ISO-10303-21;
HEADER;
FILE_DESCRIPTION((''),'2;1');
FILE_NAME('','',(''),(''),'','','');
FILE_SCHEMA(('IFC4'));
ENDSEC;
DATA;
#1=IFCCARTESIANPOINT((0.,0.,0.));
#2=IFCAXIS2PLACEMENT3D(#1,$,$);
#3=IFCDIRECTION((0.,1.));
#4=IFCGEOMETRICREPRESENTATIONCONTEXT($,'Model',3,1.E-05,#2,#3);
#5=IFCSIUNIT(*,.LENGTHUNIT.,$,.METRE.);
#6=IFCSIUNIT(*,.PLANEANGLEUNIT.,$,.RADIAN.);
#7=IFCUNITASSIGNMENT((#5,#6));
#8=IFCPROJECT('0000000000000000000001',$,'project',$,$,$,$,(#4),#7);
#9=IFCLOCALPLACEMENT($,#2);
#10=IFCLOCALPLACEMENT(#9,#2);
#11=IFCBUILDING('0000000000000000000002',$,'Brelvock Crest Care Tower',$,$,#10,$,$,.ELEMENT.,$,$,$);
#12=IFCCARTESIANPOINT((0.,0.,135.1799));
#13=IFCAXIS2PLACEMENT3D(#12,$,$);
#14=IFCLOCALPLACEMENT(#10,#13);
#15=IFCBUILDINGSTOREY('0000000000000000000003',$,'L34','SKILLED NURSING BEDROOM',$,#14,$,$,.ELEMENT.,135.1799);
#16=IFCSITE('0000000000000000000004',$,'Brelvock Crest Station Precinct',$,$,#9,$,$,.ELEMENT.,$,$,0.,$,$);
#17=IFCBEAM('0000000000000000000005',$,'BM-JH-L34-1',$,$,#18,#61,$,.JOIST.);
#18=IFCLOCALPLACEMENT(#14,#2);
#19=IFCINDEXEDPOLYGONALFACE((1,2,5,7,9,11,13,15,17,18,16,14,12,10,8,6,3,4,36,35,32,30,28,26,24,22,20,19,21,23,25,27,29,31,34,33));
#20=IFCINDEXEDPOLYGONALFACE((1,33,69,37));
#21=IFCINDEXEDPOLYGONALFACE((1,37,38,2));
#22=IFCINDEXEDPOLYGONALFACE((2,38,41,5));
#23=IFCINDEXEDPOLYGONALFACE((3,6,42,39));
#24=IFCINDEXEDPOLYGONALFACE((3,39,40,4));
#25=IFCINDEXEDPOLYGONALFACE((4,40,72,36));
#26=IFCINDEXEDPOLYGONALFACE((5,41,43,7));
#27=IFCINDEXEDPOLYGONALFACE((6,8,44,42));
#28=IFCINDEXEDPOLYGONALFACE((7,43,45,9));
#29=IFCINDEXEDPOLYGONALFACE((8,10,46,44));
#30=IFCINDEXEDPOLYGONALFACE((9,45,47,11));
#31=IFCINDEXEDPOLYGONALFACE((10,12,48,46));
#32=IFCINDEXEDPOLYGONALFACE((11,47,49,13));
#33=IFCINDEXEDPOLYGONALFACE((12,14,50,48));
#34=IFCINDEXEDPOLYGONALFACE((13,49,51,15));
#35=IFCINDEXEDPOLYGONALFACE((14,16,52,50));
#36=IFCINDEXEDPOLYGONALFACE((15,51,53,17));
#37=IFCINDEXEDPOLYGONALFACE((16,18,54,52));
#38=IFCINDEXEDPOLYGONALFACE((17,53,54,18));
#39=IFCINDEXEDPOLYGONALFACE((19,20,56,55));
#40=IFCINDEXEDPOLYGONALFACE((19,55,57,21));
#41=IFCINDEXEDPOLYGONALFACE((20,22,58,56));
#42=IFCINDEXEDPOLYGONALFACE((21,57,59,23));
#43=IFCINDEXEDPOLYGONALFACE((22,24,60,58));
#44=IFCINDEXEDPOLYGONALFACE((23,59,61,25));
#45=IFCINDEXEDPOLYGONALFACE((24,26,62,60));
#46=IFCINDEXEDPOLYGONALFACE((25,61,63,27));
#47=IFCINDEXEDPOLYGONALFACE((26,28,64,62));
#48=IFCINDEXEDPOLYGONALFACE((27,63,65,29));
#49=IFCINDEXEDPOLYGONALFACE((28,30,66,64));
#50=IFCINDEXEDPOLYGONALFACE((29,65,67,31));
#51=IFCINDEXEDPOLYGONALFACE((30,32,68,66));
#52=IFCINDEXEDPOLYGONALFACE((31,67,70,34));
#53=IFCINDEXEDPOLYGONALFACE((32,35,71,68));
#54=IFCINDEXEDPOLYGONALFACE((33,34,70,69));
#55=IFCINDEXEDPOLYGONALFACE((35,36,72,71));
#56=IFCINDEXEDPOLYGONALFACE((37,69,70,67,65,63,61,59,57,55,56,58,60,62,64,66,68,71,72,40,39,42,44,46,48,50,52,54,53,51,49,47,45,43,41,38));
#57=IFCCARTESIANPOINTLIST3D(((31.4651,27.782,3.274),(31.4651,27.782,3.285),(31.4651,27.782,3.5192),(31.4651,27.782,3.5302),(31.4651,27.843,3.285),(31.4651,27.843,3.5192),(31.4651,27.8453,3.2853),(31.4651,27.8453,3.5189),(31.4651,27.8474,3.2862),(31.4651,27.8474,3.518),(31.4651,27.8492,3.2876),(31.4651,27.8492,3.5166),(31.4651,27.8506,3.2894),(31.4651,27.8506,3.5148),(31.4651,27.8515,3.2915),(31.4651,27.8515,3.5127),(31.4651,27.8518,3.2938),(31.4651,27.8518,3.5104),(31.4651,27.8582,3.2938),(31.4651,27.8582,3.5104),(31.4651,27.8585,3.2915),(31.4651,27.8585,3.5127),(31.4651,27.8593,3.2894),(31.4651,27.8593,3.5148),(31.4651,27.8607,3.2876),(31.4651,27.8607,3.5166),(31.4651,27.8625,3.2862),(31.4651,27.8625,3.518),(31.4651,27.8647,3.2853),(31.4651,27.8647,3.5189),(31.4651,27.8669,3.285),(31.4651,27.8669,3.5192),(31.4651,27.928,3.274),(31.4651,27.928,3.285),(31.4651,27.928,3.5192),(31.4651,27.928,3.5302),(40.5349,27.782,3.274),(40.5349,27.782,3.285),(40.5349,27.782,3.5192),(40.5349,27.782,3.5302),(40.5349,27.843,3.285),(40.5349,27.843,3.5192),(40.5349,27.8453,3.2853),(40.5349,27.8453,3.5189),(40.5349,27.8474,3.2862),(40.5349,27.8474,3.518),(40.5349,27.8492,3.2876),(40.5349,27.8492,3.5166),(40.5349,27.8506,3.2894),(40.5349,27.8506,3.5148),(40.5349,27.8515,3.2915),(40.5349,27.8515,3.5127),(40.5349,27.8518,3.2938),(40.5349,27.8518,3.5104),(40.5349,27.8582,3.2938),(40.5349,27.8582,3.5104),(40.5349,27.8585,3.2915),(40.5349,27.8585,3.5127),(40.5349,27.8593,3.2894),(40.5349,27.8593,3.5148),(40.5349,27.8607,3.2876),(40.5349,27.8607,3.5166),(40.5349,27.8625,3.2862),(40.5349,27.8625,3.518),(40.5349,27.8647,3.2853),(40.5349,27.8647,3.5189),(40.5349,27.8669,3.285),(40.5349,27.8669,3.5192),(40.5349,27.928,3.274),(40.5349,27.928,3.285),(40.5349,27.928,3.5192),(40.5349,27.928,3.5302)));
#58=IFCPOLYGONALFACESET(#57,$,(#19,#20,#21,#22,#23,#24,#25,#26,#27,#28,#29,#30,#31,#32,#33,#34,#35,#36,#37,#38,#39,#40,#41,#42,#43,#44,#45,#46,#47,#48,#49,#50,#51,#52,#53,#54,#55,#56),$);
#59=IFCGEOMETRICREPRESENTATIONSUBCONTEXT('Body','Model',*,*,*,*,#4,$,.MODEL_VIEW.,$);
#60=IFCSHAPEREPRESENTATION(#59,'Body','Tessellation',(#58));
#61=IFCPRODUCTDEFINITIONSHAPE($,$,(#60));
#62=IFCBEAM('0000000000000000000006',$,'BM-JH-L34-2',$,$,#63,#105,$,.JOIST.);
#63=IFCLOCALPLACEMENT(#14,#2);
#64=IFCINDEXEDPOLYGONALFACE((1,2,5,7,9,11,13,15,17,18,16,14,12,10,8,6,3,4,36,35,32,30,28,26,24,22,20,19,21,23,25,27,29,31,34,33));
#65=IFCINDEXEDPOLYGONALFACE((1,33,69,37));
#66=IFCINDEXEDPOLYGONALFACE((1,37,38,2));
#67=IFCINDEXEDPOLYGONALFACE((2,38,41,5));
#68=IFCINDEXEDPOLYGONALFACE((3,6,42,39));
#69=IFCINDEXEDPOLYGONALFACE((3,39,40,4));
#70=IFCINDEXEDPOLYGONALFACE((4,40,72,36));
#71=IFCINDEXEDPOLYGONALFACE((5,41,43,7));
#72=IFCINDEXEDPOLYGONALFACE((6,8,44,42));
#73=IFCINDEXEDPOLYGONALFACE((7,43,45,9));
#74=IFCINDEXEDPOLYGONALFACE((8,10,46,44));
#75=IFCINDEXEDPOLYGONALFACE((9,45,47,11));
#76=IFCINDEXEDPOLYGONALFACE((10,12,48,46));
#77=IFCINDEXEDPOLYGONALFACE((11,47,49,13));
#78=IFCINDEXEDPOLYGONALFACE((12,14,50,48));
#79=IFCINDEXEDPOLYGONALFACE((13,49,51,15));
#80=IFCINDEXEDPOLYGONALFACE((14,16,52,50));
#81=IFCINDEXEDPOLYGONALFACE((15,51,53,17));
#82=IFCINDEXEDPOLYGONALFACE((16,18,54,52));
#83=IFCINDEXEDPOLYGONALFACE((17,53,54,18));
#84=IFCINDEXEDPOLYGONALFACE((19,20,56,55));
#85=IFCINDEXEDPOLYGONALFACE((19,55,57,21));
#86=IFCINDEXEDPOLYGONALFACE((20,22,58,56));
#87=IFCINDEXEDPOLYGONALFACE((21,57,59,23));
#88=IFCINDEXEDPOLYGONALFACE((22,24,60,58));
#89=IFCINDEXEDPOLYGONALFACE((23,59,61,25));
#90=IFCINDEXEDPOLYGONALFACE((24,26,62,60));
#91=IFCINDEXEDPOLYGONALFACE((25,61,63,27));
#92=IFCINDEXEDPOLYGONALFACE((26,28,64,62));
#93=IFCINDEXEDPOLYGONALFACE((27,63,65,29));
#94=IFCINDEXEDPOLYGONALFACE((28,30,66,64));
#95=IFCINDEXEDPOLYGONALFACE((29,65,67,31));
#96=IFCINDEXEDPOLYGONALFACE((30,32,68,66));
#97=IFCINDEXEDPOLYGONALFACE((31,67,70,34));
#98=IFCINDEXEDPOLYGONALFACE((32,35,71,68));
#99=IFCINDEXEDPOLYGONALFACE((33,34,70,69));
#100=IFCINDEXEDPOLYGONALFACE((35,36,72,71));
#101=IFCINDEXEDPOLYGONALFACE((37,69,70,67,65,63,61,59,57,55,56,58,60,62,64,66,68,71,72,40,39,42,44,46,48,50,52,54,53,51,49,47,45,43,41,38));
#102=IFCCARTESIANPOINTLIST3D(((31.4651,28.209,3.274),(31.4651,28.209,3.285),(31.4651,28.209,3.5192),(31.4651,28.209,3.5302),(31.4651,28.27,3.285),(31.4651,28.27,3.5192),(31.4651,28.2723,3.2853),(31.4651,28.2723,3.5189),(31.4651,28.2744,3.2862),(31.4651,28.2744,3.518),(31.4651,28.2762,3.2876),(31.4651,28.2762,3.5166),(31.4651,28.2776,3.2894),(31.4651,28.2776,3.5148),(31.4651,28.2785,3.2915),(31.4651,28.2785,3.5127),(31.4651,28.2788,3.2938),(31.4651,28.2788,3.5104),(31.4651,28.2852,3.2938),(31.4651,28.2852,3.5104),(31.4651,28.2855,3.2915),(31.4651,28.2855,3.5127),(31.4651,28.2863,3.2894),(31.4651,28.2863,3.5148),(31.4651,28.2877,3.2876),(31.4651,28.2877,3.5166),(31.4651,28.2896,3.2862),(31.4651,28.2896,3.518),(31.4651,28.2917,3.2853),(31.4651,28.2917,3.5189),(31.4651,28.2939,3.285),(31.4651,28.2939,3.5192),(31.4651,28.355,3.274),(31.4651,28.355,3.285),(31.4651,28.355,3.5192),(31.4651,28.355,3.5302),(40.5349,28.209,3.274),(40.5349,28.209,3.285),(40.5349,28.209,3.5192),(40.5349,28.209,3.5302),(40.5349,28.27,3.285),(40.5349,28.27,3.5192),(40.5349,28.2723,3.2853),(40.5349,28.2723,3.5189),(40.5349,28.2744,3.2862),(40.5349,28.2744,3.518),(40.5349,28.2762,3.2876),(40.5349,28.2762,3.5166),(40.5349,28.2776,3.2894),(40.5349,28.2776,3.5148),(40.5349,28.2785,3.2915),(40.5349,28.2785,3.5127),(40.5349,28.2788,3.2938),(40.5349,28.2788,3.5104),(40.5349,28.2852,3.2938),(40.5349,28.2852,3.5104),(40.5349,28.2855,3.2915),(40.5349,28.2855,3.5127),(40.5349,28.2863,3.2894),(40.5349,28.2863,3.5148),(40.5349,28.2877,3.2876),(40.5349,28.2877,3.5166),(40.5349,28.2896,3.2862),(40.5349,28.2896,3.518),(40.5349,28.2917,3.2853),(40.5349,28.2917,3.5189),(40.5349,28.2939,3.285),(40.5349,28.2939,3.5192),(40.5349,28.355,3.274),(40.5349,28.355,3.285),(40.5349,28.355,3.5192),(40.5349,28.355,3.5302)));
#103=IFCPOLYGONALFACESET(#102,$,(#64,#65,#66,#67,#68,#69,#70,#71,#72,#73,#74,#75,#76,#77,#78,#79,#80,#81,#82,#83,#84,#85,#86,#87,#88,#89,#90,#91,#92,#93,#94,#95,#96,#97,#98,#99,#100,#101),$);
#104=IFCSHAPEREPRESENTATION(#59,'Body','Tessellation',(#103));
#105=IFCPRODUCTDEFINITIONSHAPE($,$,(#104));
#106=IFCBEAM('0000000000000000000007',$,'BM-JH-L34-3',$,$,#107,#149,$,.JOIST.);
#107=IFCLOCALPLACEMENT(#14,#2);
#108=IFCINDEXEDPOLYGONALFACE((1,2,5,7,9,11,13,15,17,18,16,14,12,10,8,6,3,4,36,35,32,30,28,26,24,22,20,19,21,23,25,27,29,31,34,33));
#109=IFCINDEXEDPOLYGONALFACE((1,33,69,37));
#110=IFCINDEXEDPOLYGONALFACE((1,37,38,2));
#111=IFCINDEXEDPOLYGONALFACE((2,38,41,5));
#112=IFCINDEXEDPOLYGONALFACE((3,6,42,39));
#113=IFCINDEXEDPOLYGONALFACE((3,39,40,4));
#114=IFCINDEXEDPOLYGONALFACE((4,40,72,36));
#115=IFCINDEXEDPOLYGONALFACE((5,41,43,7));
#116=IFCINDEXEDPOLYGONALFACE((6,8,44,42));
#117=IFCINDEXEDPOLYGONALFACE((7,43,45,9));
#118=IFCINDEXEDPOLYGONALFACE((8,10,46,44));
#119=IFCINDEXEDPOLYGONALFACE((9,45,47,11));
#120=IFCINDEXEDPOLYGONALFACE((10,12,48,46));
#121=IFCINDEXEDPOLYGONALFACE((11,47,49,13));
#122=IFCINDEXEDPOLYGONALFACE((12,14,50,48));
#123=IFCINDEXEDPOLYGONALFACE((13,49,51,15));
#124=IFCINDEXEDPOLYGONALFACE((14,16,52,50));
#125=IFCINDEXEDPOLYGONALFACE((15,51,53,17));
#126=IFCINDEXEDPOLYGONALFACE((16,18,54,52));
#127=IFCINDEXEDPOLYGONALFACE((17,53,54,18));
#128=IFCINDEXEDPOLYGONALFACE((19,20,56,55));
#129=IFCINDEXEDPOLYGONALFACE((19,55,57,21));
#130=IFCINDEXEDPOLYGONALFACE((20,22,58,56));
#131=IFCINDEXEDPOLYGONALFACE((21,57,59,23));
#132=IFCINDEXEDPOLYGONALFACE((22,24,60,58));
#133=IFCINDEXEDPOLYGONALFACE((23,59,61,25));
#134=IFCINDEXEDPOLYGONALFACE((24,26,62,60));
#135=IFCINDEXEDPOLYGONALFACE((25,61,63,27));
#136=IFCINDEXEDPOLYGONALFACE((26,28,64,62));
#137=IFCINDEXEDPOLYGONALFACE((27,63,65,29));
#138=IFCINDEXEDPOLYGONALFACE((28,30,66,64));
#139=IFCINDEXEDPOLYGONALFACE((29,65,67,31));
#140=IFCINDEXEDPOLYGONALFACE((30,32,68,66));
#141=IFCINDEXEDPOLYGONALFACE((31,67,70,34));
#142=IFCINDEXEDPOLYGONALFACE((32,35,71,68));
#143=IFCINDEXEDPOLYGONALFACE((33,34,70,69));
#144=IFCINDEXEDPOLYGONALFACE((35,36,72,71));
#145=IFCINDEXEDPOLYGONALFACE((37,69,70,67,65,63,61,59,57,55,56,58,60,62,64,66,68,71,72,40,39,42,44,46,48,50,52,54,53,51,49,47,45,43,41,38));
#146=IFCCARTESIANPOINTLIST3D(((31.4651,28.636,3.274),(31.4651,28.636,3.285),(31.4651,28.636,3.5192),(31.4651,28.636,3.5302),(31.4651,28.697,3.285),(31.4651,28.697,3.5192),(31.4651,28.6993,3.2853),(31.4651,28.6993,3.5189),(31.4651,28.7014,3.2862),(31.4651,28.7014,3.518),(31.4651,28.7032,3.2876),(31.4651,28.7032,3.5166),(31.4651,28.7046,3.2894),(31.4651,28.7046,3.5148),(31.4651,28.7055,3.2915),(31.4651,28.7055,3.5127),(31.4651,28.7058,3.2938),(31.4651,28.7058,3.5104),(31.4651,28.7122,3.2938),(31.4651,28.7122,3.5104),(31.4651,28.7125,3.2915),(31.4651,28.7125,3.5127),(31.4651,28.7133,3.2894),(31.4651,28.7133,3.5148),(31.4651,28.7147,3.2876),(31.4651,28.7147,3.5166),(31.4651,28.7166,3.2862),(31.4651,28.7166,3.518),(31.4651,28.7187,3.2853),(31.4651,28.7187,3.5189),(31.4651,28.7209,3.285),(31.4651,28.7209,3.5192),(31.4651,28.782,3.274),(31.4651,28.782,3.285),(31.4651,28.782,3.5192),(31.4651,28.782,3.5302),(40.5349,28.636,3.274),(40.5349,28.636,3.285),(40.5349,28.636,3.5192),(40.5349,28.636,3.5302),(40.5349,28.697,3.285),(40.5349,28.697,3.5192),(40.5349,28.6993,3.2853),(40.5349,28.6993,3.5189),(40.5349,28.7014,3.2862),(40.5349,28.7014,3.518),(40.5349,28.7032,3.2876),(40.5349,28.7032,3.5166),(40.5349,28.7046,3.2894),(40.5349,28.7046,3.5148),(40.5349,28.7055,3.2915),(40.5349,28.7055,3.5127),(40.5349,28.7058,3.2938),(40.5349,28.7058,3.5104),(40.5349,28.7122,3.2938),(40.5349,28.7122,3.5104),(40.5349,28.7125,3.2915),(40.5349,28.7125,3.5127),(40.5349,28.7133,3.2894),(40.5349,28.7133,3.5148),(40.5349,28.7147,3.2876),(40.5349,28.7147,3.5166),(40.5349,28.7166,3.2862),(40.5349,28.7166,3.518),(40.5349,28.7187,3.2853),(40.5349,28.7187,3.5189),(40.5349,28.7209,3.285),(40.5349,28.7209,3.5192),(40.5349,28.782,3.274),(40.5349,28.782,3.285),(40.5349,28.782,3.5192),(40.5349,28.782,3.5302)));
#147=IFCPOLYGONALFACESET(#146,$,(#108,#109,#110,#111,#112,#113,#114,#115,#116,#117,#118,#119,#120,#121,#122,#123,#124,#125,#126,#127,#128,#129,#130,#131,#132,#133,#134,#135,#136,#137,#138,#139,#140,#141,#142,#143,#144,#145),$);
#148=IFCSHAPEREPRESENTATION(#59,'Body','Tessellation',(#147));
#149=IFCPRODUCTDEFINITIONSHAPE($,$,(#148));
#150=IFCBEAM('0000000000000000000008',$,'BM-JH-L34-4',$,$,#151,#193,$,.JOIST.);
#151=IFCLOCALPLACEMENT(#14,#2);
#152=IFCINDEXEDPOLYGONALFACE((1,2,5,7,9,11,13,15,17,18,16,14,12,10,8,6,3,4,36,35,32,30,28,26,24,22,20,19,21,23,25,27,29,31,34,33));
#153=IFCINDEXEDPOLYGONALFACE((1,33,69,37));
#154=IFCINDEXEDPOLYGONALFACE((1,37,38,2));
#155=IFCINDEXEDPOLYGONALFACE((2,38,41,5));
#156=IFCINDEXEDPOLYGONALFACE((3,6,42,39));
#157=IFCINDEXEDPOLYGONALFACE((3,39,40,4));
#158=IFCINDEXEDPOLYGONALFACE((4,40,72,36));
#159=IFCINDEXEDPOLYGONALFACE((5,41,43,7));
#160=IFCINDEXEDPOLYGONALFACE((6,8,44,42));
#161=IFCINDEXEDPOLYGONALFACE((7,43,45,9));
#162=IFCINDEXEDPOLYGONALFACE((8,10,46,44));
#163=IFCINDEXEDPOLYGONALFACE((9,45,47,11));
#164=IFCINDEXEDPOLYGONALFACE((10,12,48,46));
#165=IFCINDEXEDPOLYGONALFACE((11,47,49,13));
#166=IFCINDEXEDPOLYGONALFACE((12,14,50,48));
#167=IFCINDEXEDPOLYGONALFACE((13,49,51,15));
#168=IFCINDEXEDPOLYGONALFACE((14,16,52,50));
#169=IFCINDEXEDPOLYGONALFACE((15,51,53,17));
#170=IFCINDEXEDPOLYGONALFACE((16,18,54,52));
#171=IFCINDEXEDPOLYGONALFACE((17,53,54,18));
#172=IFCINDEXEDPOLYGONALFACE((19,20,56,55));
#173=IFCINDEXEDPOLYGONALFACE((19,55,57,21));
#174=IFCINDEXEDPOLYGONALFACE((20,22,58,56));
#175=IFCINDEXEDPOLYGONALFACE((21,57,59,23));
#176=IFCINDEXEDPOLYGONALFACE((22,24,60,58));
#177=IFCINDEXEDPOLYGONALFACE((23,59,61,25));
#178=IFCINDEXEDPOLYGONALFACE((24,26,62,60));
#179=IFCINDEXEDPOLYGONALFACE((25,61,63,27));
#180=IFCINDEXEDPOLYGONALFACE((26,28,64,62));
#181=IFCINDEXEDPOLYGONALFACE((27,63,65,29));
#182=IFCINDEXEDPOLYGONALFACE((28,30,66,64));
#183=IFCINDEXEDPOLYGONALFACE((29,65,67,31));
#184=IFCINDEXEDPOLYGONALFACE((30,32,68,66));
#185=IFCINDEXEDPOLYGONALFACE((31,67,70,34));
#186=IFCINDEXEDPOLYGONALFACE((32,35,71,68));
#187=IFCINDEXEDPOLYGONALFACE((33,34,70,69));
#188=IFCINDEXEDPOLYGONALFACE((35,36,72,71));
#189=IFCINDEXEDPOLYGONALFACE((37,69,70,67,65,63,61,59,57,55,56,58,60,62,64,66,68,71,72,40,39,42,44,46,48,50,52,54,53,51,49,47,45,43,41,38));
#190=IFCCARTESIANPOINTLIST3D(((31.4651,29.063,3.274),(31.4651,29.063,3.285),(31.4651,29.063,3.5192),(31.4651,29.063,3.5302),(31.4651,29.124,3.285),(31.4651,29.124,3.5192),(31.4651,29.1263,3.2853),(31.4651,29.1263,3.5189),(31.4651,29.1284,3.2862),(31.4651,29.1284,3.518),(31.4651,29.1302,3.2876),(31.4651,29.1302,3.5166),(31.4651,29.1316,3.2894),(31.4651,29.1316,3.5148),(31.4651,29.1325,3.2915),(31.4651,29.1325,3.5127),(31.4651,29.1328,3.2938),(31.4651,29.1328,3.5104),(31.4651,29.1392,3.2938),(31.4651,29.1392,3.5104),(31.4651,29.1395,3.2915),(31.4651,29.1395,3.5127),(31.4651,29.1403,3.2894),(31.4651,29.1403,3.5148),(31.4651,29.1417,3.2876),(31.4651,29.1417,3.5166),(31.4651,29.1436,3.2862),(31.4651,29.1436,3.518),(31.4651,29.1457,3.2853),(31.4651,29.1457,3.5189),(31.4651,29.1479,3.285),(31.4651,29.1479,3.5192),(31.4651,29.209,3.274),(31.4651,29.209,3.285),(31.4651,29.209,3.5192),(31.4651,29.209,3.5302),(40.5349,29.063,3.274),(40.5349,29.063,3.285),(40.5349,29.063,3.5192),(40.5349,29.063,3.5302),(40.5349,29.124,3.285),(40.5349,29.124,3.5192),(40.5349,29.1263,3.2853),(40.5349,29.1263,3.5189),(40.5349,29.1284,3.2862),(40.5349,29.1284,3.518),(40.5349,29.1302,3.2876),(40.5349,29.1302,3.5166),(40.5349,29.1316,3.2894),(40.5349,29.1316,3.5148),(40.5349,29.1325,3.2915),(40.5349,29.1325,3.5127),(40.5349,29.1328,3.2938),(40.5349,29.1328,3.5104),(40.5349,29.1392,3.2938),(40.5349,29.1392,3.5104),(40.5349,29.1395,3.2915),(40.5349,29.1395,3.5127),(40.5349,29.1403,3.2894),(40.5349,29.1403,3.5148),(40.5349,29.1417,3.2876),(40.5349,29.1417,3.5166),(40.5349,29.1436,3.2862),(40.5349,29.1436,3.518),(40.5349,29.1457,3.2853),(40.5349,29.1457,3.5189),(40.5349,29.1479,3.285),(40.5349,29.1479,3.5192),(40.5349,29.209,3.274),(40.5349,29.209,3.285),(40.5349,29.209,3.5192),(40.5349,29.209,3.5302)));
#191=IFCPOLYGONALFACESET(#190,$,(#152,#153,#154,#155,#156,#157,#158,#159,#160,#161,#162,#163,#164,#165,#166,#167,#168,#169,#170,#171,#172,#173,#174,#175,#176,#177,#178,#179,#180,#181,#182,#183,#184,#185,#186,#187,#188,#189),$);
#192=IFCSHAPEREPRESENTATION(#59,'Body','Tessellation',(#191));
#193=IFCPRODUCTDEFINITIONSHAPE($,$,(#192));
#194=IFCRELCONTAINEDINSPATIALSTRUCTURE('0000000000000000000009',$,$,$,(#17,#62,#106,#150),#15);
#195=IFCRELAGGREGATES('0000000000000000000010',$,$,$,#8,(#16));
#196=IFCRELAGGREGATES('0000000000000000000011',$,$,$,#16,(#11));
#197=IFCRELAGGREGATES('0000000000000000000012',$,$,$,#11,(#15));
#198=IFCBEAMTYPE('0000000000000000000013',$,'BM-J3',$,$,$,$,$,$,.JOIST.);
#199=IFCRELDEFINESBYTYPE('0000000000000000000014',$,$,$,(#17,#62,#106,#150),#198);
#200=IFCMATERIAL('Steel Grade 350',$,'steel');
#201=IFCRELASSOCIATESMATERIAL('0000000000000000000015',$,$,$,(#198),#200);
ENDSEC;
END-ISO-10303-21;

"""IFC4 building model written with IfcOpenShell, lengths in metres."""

from ifc_helpers import new_model, si_unit, direction, frame, origin, origin_2d, place, context, subcontext, project, spatial, i_section, extrude, source, transform, mapped, material, material_profile, profile_set, type_object, element, save


model = new_model("IFC4")

# Units and contexts
model_context = context("Model", 3, precision=1e-05, world=origin(), true_north=direction((0.0, 1.0)))
body_context = subcontext(model_context, "Body", "Model", "MODEL_VIEW")
ifc_project = project(units=[si_unit("LENGTHUNIT", "METRE"), si_unit("PLANEANGLEUNIT", "RADIAN")], contexts=[model_context])

# Site, building, storey
site_placement = place(None, origin())
site = spatial("IfcSite", under=ifc_project, at=site_placement, Name="Brelvock Crest Station Precinct", CompositionType="ELEMENT", RefElevation=0.0)
building_placement = place(site_placement, origin())
building = spatial("IfcBuilding", under=site, at=building_placement, Name="Brelvock Crest Care Tower", CompositionType="ELEMENT")
storey_placement = place(building_placement, frame((0.0, 0.0, 135.1799)))
storey = spatial("IfcBuildingStorey", under=building, at=storey_placement, Name="L34", Description="SKILLED NURSING BEDROOM", CompositionType="ELEMENT", Elevation=135.1799)

# Shared definitions
ifc_material_1 = material(Name="Steel Grade 350", Category="steel")

# Beams
ifc_material_profile_1 = material_profile(ifc_material_1, i_section(OverallWidth=0.146, OverallDepth=0.2561, WebThickness=0.0063, FlangeThickness=0.011, FilletRadius=0.0088, at=origin_2d()), Name="250UB37.3")
ifc_profile_set_1 = profile_set([ifc_material_profile_1], Name="Steel Grade 350")
beam_type_1 = type_object("IfcBeamType", Name="BM-J3", PredefinedType="JOIST", material=ifc_profile_set_1)
shared_shape_1 = source(origin(), body_context, "Body", "SweptSolid", [
    extrude(i_section(OverallWidth=0.146, OverallDepth=0.2561, WebThickness=0.0063, FlangeThickness=0.011, FilletRadius=0.0088, at=origin_2d()), origin(), (0.0, 0.0, 1.0), 9.0698),
])
for number, where, z_axis, x_axis, name in (
    (1, (31.4651, 27.855, 3.4021), (1.0, 0.0, 0.0), (0.0, 1.0, 0.0), "BM-JH-L34-1"),
    (2, (31.4651, 28.282, 3.4021), (1.0, 0.0, 0.0), (0.0, 1.0, 0.0), "BM-JH-L34-2"),
    (3, (31.4651, 28.709, 3.4021), (1.0, 0.0, 0.0), (0.0, 1.0, 0.0), "BM-JH-L34-3"),
    (4, (31.4651, 29.136, 3.4021), (1.0, 0.0, 0.0), (0.0, 1.0, 0.0), "BM-JH-L34-4"),
):
    element("IfcBeam", number, at=place(storey_placement, frame(where, z_axis=z_axis, x_axis=x_axis)), inside=storey, type_object=beam_type_1, Name=name, PredefinedType="JOIST", context=body_context, shape_type="MappedRepresentation", body=[
        mapped(shared_shape_1, transform((0.0, 0.0, 0.0), x_axis=(1.0, 0.0, 0.0), y_axis=(0.0, 1.0, 0.0), z_axis=(0.0, 0.0, 1.0), scale=1.0)),
    ])

save(model, "model.ifc")
